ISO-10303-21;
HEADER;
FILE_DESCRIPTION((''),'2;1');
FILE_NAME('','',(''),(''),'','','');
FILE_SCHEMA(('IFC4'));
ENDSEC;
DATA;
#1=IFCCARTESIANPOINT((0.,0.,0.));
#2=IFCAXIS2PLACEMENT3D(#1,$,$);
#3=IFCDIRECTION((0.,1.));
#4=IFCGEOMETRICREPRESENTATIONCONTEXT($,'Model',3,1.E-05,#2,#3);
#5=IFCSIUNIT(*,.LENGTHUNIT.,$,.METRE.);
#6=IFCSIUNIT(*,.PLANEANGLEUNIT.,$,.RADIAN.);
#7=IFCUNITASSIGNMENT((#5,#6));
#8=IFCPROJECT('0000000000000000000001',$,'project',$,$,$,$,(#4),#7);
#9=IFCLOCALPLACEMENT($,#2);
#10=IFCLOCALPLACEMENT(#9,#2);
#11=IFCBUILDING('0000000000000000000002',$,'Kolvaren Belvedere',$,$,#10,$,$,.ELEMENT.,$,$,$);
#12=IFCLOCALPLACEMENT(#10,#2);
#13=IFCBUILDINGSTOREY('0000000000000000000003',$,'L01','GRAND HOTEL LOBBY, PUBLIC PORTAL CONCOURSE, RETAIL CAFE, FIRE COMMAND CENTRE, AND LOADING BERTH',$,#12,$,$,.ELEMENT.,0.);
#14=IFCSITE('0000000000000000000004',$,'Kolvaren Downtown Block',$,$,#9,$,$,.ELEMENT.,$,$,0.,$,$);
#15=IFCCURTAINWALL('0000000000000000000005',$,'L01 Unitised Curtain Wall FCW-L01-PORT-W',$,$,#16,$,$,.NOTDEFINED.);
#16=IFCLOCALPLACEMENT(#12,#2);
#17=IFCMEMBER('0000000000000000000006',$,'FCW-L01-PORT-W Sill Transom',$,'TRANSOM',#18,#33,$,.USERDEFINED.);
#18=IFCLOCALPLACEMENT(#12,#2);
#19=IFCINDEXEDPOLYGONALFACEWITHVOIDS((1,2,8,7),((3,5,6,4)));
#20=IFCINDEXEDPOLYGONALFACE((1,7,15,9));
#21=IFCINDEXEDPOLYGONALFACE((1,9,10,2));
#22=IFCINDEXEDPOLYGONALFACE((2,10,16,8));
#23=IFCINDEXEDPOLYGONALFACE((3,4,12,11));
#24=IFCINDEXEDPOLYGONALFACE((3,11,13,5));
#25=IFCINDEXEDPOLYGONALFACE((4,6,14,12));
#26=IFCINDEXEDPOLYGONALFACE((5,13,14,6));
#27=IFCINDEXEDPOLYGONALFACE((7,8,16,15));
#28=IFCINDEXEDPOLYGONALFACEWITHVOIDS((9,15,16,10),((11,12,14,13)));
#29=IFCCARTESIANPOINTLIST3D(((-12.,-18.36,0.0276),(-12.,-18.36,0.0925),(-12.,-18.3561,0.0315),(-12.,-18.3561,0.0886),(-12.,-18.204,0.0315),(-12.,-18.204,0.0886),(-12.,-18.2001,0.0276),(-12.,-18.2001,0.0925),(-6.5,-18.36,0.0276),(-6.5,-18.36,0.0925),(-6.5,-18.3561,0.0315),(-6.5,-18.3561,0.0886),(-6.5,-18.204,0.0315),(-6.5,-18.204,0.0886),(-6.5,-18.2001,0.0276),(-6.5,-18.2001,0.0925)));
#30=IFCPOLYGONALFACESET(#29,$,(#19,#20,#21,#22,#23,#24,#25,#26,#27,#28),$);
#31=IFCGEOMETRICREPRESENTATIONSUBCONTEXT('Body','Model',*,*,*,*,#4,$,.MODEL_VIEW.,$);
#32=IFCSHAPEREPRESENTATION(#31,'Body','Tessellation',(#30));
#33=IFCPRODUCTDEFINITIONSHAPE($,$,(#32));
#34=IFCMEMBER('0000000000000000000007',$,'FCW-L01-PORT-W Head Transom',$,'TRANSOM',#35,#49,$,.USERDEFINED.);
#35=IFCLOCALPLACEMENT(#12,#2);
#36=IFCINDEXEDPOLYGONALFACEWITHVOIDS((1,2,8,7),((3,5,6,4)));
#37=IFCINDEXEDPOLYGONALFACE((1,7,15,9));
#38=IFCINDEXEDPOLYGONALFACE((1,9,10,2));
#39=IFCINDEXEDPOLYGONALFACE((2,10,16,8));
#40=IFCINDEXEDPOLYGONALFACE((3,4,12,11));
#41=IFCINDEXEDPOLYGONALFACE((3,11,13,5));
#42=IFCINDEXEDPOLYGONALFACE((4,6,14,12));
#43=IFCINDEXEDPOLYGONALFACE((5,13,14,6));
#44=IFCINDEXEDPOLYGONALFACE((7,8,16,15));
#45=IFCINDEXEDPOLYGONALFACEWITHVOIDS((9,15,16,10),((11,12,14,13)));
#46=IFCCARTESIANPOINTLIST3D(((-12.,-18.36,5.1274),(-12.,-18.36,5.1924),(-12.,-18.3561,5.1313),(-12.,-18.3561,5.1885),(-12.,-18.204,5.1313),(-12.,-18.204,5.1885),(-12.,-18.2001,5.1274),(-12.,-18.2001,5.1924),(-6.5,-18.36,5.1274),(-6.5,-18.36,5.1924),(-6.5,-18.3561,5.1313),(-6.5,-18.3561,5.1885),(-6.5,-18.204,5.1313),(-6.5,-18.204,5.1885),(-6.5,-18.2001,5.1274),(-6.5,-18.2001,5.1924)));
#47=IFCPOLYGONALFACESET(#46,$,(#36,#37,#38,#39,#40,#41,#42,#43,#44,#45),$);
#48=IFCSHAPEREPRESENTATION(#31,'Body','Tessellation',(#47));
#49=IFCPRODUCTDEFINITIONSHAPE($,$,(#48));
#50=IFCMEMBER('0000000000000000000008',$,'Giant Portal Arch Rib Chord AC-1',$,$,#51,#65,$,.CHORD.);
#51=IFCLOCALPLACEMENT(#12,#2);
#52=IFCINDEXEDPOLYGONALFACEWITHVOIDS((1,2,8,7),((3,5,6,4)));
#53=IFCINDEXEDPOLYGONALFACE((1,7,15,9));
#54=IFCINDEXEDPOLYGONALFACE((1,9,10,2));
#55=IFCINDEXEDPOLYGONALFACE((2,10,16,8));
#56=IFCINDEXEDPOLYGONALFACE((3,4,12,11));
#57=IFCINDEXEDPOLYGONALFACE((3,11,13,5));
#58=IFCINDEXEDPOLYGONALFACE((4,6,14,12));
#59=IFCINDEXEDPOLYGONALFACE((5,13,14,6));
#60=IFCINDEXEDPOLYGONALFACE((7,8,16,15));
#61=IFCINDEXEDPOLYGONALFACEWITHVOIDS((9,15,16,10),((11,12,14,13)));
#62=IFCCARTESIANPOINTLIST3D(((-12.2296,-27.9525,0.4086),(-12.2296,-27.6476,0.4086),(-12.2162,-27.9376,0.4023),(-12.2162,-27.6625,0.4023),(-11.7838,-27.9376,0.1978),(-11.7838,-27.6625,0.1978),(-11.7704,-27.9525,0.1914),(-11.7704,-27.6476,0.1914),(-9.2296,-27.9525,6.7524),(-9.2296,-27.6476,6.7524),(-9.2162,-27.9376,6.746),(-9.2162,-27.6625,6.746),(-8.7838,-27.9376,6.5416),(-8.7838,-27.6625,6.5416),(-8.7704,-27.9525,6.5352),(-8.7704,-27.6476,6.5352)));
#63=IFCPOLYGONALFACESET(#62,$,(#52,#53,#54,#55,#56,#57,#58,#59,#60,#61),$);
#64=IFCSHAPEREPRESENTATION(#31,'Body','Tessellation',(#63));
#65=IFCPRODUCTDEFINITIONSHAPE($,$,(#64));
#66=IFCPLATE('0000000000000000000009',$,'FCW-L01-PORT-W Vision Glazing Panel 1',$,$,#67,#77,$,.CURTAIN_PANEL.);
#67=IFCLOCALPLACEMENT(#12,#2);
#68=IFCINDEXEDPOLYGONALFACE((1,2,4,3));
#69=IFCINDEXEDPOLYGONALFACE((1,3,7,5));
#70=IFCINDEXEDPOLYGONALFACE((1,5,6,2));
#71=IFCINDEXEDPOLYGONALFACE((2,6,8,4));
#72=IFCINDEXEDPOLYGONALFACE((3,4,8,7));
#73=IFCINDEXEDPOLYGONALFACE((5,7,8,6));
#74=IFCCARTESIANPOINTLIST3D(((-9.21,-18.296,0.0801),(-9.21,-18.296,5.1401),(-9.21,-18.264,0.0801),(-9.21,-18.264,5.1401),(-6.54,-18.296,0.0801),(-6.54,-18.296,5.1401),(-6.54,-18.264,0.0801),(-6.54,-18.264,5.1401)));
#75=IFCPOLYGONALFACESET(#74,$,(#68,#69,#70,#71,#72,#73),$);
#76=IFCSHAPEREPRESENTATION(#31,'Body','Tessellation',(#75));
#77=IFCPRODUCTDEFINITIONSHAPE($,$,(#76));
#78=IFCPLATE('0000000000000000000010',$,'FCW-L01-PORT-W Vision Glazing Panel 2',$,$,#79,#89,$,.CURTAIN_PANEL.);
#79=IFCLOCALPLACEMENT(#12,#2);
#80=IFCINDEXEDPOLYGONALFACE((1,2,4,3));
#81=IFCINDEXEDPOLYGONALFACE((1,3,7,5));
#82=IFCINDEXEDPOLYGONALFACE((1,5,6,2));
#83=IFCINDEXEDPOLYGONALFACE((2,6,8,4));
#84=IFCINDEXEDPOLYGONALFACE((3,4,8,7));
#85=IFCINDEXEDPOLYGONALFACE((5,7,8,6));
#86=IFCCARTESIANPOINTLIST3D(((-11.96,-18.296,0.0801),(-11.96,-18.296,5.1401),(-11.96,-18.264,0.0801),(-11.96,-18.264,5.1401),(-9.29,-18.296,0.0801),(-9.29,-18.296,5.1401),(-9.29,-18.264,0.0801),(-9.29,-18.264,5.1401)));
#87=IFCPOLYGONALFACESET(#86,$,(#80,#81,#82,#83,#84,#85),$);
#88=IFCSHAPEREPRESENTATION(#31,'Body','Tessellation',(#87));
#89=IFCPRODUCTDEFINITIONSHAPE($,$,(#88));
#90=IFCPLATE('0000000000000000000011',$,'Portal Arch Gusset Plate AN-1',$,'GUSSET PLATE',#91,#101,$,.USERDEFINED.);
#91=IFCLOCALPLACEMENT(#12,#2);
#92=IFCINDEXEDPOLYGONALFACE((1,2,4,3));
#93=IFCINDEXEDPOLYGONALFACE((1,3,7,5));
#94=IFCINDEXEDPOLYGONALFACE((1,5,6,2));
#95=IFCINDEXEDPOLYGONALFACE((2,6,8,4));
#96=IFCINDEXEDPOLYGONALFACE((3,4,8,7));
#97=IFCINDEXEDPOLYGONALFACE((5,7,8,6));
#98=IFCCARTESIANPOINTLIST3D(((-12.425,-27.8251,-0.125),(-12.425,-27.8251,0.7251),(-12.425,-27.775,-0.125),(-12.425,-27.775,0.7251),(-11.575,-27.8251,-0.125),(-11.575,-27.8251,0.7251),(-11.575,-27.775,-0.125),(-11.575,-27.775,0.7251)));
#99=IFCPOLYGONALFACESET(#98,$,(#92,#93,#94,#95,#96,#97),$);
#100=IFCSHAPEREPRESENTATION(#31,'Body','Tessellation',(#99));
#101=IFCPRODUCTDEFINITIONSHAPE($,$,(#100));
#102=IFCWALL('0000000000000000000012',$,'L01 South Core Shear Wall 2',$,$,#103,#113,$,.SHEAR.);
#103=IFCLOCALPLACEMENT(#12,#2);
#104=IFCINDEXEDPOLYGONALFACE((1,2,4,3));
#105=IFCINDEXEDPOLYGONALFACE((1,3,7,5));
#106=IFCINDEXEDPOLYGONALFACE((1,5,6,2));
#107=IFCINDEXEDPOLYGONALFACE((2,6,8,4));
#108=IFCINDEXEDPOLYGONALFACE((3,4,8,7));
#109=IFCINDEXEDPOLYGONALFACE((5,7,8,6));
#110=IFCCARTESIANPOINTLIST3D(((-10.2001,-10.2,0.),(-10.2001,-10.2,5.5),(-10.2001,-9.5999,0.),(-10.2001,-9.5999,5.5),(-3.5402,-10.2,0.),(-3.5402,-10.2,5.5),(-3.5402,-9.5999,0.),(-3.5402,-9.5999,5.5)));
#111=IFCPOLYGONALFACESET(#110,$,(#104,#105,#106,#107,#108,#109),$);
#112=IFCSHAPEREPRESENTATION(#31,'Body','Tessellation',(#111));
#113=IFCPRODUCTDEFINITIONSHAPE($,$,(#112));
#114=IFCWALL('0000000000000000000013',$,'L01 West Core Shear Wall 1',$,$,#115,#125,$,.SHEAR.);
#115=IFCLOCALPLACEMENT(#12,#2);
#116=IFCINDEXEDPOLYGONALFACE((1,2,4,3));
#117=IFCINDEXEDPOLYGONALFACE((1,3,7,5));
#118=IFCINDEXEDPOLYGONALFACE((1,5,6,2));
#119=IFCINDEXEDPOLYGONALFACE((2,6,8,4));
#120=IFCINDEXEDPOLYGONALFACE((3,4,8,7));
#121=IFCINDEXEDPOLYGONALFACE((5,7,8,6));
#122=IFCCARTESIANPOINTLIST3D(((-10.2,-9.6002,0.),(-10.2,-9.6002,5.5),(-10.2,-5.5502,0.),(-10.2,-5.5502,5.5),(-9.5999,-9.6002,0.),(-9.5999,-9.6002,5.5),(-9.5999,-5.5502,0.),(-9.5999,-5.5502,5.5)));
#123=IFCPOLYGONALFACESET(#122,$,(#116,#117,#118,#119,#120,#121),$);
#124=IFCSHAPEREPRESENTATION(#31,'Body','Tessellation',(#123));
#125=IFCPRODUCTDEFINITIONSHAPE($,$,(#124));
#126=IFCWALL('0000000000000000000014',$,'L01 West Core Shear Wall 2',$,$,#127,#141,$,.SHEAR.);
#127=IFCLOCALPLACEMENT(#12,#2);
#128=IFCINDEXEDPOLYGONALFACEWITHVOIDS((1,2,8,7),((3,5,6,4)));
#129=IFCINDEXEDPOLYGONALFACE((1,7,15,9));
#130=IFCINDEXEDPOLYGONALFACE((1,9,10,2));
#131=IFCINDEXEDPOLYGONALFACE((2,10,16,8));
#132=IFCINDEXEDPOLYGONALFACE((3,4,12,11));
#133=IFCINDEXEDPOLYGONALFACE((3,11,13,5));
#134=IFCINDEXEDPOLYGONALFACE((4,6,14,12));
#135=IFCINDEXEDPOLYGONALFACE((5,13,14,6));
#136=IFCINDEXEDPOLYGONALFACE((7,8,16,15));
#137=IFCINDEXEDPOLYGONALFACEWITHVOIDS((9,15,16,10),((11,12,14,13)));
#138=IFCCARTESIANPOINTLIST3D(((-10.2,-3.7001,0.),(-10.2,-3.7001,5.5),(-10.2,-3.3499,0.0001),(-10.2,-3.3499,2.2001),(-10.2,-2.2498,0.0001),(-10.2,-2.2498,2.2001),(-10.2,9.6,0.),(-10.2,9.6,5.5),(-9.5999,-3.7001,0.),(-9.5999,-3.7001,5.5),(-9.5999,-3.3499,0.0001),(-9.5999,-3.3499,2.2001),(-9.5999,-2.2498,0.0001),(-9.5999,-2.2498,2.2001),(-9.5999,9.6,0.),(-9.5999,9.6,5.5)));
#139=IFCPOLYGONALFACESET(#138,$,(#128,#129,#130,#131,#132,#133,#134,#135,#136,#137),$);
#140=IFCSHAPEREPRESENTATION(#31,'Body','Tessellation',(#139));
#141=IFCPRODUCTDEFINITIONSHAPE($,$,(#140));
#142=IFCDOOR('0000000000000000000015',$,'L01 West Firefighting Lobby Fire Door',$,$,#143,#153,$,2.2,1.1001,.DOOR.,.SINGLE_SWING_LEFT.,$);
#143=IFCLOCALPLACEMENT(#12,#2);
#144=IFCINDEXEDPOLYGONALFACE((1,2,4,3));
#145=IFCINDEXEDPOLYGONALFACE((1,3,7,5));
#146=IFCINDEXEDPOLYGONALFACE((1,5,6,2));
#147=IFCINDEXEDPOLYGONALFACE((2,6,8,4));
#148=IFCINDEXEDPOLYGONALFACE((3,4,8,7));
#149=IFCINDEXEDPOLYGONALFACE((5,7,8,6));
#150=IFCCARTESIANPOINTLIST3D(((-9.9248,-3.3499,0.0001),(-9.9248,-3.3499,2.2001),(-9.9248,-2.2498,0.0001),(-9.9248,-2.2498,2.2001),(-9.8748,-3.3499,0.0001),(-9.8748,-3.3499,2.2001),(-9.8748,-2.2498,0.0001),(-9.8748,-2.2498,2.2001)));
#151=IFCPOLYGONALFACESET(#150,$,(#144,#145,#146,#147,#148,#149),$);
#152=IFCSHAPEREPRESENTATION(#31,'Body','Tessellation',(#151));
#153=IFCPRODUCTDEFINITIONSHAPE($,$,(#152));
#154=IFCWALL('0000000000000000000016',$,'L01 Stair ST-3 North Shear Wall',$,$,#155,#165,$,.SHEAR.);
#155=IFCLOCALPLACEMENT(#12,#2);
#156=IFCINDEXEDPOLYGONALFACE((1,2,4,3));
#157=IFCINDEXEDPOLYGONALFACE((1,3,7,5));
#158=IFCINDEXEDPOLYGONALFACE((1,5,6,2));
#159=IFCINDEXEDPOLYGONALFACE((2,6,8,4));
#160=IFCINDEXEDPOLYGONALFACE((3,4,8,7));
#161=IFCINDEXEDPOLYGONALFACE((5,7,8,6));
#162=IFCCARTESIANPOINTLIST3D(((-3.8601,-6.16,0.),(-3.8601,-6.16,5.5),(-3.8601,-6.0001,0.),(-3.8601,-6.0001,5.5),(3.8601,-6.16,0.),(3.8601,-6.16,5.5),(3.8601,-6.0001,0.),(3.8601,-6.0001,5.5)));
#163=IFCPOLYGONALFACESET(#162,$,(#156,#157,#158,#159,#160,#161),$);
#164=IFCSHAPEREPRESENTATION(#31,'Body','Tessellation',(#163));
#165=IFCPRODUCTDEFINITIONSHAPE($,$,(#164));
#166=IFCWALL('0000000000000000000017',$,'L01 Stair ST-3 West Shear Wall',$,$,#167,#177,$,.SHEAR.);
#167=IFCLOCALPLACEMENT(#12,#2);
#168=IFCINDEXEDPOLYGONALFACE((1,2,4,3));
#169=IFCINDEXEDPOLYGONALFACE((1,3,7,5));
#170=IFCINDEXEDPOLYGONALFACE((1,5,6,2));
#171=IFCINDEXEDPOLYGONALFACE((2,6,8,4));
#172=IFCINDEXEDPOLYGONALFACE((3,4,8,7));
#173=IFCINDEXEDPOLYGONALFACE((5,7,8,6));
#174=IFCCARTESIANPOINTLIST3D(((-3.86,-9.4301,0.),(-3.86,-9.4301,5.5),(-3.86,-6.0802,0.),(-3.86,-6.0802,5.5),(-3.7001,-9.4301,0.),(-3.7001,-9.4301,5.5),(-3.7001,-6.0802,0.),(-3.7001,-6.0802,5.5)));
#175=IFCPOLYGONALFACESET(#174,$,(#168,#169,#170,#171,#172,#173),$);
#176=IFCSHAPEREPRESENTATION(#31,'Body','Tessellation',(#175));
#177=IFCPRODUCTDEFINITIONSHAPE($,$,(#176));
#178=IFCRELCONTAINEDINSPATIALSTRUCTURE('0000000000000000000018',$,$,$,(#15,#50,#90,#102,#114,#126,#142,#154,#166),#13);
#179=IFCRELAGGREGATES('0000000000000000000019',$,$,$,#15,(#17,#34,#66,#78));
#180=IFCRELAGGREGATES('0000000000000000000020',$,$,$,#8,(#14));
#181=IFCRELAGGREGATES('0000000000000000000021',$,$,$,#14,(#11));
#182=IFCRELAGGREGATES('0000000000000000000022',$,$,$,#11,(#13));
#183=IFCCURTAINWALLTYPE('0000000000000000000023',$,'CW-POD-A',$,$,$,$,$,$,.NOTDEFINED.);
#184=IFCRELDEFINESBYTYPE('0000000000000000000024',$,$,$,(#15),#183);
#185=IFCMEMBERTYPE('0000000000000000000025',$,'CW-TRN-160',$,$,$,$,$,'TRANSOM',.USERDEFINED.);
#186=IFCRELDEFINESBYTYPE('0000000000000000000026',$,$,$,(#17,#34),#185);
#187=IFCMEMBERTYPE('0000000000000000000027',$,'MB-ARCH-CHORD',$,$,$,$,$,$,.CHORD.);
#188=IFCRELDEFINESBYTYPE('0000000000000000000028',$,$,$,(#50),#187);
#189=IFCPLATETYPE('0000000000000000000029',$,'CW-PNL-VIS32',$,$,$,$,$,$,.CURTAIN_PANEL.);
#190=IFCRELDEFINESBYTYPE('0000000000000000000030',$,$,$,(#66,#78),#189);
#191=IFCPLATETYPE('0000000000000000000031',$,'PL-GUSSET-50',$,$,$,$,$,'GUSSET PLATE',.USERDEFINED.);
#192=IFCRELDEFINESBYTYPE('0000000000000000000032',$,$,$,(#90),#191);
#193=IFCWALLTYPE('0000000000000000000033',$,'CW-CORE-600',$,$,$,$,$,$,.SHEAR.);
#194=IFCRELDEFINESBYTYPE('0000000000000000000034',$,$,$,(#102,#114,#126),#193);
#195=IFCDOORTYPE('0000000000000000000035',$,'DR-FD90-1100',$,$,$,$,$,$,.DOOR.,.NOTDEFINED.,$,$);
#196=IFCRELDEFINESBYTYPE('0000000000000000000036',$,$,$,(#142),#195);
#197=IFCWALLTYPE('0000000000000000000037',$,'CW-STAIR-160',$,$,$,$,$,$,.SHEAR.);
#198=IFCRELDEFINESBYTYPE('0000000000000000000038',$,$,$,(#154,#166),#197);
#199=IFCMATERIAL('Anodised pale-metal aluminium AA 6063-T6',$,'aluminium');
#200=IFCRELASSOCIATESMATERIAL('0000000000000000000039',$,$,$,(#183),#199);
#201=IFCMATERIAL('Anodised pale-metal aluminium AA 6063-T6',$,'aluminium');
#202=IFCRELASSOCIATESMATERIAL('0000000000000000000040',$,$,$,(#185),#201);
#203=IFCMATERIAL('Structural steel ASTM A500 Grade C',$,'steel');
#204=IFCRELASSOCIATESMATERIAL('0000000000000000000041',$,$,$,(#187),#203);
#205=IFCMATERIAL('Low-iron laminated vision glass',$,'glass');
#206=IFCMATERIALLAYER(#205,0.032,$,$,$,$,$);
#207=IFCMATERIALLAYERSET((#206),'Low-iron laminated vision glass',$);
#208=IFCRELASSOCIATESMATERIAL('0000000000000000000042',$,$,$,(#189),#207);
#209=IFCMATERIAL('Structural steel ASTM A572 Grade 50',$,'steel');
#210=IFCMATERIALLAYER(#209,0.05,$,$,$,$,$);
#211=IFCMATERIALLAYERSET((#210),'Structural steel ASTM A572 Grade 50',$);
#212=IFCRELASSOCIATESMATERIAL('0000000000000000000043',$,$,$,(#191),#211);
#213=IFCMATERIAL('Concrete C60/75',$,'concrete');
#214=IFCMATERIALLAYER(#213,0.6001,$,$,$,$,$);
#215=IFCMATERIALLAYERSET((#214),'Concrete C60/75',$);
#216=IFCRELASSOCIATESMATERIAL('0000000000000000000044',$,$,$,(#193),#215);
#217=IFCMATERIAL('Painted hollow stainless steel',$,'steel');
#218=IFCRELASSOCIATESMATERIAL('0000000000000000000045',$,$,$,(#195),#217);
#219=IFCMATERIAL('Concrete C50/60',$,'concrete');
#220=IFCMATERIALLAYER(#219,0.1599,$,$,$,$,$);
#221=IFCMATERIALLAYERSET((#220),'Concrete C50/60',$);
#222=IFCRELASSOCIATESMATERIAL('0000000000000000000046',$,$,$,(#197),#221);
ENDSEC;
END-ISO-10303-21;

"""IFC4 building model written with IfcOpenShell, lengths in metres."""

from ifc_helpers import new_model, si_unit, direction, frame, frame_2d, origin, origin_2d, place, context, subcontext, project, spatial, rectangle, hollow_rectangle, extrude, material, layer, layer_set, material_profile, profile_set, type_object, element, fill, aggregate, save


model = new_model("IFC4")

# Units and contexts
model_context = context("Model", 3, precision=1e-05, world=origin(), true_north=direction((0.0, 1.0)))
body_context = subcontext(model_context, "Body", "Model", "MODEL_VIEW")
ifc_project = project(units=[si_unit("LENGTHUNIT", "METRE"), si_unit("PLANEANGLEUNIT", "RADIAN")], contexts=[model_context])

# Site, building, storey
site_placement = place(None, origin())
site = spatial("IfcSite", under=ifc_project, at=site_placement, Name="Kolvaren Downtown Block", CompositionType="ELEMENT", RefElevation=0.0)
building_placement = place(site_placement, origin())
building = spatial("IfcBuilding", under=site, at=building_placement, Name="Kolvaren Belvedere", CompositionType="ELEMENT")
storey_placement = place(building_placement, origin())
storey = spatial("IfcBuildingStorey", under=building, at=storey_placement, Name="L01", Description="GRAND HOTEL LOBBY, PUBLIC PORTAL CONCOURSE, RETAIL CAFE, FIRE COMMAND CENTRE, AND LOADING BERTH", CompositionType="ELEMENT", Elevation=0.0)

# Curtain wall, members
ifc_material_1 = material(Name="Anodised pale-metal aluminium AA 6063-T6", Category="aluminium")
curtain_wall_type = type_object("IfcCurtainWallType", Name="CW-POD-A", PredefinedType="NOTDEFINED", material=ifc_material_1)
curtain_wall_placement = place(storey_placement, origin())
curtain_wall = element("IfcCurtainWall", 1, at=curtain_wall_placement, inside=storey, type_object=curtain_wall_type, Name="L01 Unitised Curtain Wall FCW-L01-PORT-W", PredefinedType="NOTDEFINED")
ifc_material_2 = material(Name="Anodised pale-metal aluminium AA 6063-T6", Category="aluminium")
ifc_material_profile_1 = material_profile(ifc_material_2, hollow_rectangle(XDim=0.0649, YDim=0.1599, WallThickness=0.0039, at=origin_2d()), Name="ALU-TRN-160X65")
ifc_profile_set_1 = profile_set([ifc_material_profile_1], Name="Anodised pale-metal aluminium AA 6063-T6")
member_type_1 = type_object("IfcMemberType", Name="CW-TRN-160", ElementType="TRANSOM", PredefinedType="USERDEFINED", material=ifc_profile_set_1)
member_1_placement = place(storey_placement, frame((-6.5, -18.28, 0.0601), z_axis=(-1.0, 0.0, 0.0), x_axis=(0.0, 0.0, 1.0)))
member_1 = element("IfcMember", 2, at=member_1_placement, type_object=member_type_1, Name="FCW-L01-PORT-W Sill Transom", ObjectType="TRANSOM", PredefinedType="USERDEFINED", context=body_context, shape_type="SweptSolid", body=[
    extrude(hollow_rectangle(XDim=0.0649, YDim=0.1599, WallThickness=0.0039, at=origin_2d()), origin(), (0.0, 0.0, 1.0), 5.5),
])
member_2_placement = place(storey_placement, frame((-6.5, -18.28, 5.1599), z_axis=(-1.0, 0.0, 0.0), x_axis=(0.0, 0.0, 1.0)))
member_2 = element("IfcMember", 3, at=member_2_placement, type_object=member_type_1, Name="FCW-L01-PORT-W Head Transom", ObjectType="TRANSOM", PredefinedType="USERDEFINED", context=body_context, shape_type="SweptSolid", body=[
    extrude(hollow_rectangle(XDim=0.0649, YDim=0.1599, WallThickness=0.0039, at=origin_2d()), origin(), (0.0, 0.0, 1.0), 5.5),
])

# Member
ifc_material_3 = material(Name="Structural steel ASTM A500 Grade C", Category="steel")
ifc_material_profile_2 = material_profile(ifc_material_3, hollow_rectangle(XDim=0.3049, YDim=0.5081, WallThickness=0.0149, at=origin_2d()), Name="HSS20X12X5/8")
ifc_profile_set_2 = profile_set([ifc_material_profile_2], Name="Structural steel ASTM A500 Grade C")
member_type_2 = type_object("IfcMemberType", Name="MB-ARCH-CHORD", PredefinedType="CHORD", material=ifc_profile_set_2)
member_3_placement = place(storey_placement, frame((-12.0, -27.8, 0.3), z_axis=(0.427512, 0.0, 0.90401), x_axis=(0.0, 1.0, 0.0)))
element("IfcMember", 4, at=member_3_placement, inside=storey, type_object=member_type_2, Name="Giant Portal Arch Rib Chord AC-1", PredefinedType="CHORD", context=body_context, shape_type="SweptSolid", body=[
    extrude(hollow_rectangle(XDim=0.3049, YDim=0.5081, WallThickness=0.0149, at=origin_2d()), origin(), (0.0, 0.0, 1.0), 7.0173),
])

# Plates
ifc_material_4 = material(Name="Low-iron laminated vision glass", Category="glass")
ifc_layer_1 = layer(ifc_material_4, 0.032)
ifc_layer_set_1 = layer_set([ifc_layer_1], Name="Low-iron laminated vision glass")
plate_type_1 = type_object("IfcPlateType", Name="CW-PNL-VIS32", PredefinedType="CURTAIN_PANEL", material=ifc_layer_set_1)
plate_1_placement = place(storey_placement, frame((-7.875, -18.28, 0.0801), z_axis=(0.0, 0.0, 1.0), x_axis=(-1.0, 0.0, 0.0)))
plate_1 = element("IfcPlate", 5, at=plate_1_placement, type_object=plate_type_1, Name="FCW-L01-PORT-W Vision Glazing Panel 1", PredefinedType="CURTAIN_PANEL", context=body_context, shape_type="SweptSolid", body=[
    extrude(rectangle(XDim=2.6699, YDim=0.032, at=origin_2d()), origin(), (0.0, 0.0, 1.0), 5.0601),
])
plate_2_placement = place(storey_placement, frame((-10.625, -18.28, 0.0801), z_axis=(0.0, 0.0, 1.0), x_axis=(-1.0, 0.0, 0.0)))
plate_2 = element("IfcPlate", 6, at=plate_2_placement, type_object=plate_type_1, Name="FCW-L01-PORT-W Vision Glazing Panel 2", PredefinedType="CURTAIN_PANEL", context=body_context, shape_type="SweptSolid", body=[
    extrude(rectangle(XDim=2.6699, YDim=0.032, at=origin_2d()), origin(), (0.0, 0.0, 1.0), 5.0601),
])
aggregate(curtain_wall, [member_1, member_2, plate_1, plate_2])
ifc_material_5 = material(Name="Structural steel ASTM A572 Grade 50", Category="steel")
ifc_layer_2 = layer(ifc_material_5, 0.05)
ifc_layer_set_2 = layer_set([ifc_layer_2], Name="Structural steel ASTM A572 Grade 50")
plate_type_2 = type_object("IfcPlateType", Name="PL-GUSSET-50", ElementType="GUSSET PLATE", PredefinedType="USERDEFINED", material=ifc_layer_set_2)
plate_3_placement = place(storey_placement, frame((-12.0, -27.8, -0.125), z_axis=(0.0, 0.0, 1.0), x_axis=(1.0, 0.0, 0.0)))
element("IfcPlate", 7, at=plate_3_placement, inside=storey, type_object=plate_type_2, Name="Portal Arch Gusset Plate AN-1", ObjectType="GUSSET PLATE", PredefinedType="USERDEFINED", context=body_context, shape_type="SweptSolid", body=[
    extrude(rectangle(XDim=0.8501, YDim=0.05, at=origin_2d()), origin(), (0.0, 0.0, 1.0), 0.8501),
])

# Walls
ifc_material_6 = material(Name="Concrete C60/75", Category="concrete")
ifc_layer_3 = layer(ifc_material_6, 0.6001)
ifc_layer_set_3 = layer_set([ifc_layer_3], Name="Concrete C60/75")
wall_type_1 = type_object("IfcWallType", Name="CW-CORE-600", PredefinedType="SHEAR", material=ifc_layer_set_3)
wall_1_placement = place(storey_placement, frame((-3.54, -9.8999, 0.0), z_axis=(0.0, 0.0, 1.0), x_axis=(-1.0, 0.0, 0.0)))
element("IfcWall", 8, at=wall_1_placement, inside=storey, type_object=wall_type_1, Name="L01 South Core Shear Wall 2", PredefinedType="SHEAR", context=body_context, shape_type="SweptSolid", body=[
    extrude(rectangle(XDim=6.6599, YDim=0.6001, at=frame_2d((3.3301, 0.0))), origin(), (0.0, 0.0, 1.0), 5.5),
])
wall_2_placement = place(storey_placement, frame((-9.8999, -9.6001, 0.0), z_axis=(0.0, 0.0, 1.0), x_axis=(0.0, 1.0, 0.0)))
element("IfcWall", 9, at=wall_2_placement, inside=storey, type_object=wall_type_1, Name="L01 West Core Shear Wall 1", PredefinedType="SHEAR", context=body_context, shape_type="SweptSolid", body=[
    extrude(rectangle(XDim=4.05, YDim=0.6001, at=frame_2d((2.0249, 0.0))), origin(), (0.0, 0.0, 1.0), 5.5),
])

# Wall, opening, door
wall_3_placement = place(storey_placement, frame((-9.8999, -3.7, 0.0), z_axis=(0.0, 0.0, 1.0), x_axis=(0.0, 1.0, 0.0)))
wall_3 = element("IfcWall", 10, at=wall_3_placement, inside=storey, type_object=wall_type_1, Name="L01 West Core Shear Wall 2", PredefinedType="SHEAR", context=body_context, shape_type="SweptSolid", body=[
    extrude(rectangle(XDim=13.3, YDim=0.6001, at=frame_2d((6.6499, 0.0))), origin(), (0.0, 0.0, 1.0), 5.5),
])
opening_1_placement = place(wall_3_placement, frame((0.3501, 0.0, 0.0)))
opening_1 = element("IfcOpeningElement", 11, at=opening_1_placement, cuts=wall_3, PredefinedType="OPENING", context=body_context, shape_type="SweptSolid", body=[
    extrude(rectangle(XDim=1.1001, YDim=2.2, at=frame_2d((0.55, 1.1001))), frame((0.0, 0.3101, 0.0), z_axis=(0.0, -1.0, 0.0), x_axis=(1.0, 0.0, 0.0)), (0.0, 0.0, 1.0), 0.6201),
])
ifc_material_7 = material(Name="Painted hollow stainless steel", Category="steel")
door_type_1 = type_object("IfcDoorType", Name="DR-FD90-1100", OperationType="NOTDEFINED", PredefinedType="DOOR", material=ifc_material_7)
door_1_placement = place(opening_1_placement, origin())
door_1 = element("IfcDoor", 12, at=door_1_placement, inside=storey, type_object=door_type_1, Name="L01 West Firefighting Lobby Fire Door", OperationType="SINGLE_SWING_LEFT", OverallHeight=2.2, OverallWidth=1.1001, PredefinedType="DOOR", context=body_context, shape_type="SweptSolid", body=[
    extrude(rectangle(XDim=1.1001, YDim=2.2, at=frame_2d((0.55, 1.1001))), frame((0.0, 0.0249, 0.0), z_axis=(0.0, -1.0, 0.0), x_axis=(1.0, 0.0, 0.0)), (0.0, 0.0, 1.0), 0.05),
])
fill(opening_1, door_1)

# Walls
ifc_material_8 = material(Name="Concrete C50/60", Category="concrete")
ifc_layer_4 = layer(ifc_material_8, 0.1599)
ifc_layer_set_4 = layer_set([ifc_layer_4], Name="Concrete C50/60")
wall_type_2 = type_object("IfcWallType", Name="CW-STAIR-160", PredefinedType="SHEAR", material=ifc_layer_set_4)
wall_4_placement = place(storey_placement, frame((-3.8601, -6.0801, 0.0), z_axis=(0.0, 0.0, 1.0), x_axis=(1.0, 0.0, 0.0)))
element("IfcWall", 13, at=wall_4_placement, inside=storey, type_object=wall_type_2, Name="L01 Stair ST-3 North Shear Wall", PredefinedType="SHEAR", context=body_context, shape_type="SweptSolid", body=[
    extrude(rectangle(XDim=7.7202, YDim=0.1599, at=frame_2d((3.8601, 0.0))), origin(), (0.0, 0.0, 1.0), 5.5),
])
wall_5_placement = place(storey_placement, frame((-3.78, -9.4299, 0.0), z_axis=(0.0, 0.0, 1.0), x_axis=(0.0, 1.0, 0.0)))
element("IfcWall", 14, at=wall_5_placement, inside=storey, type_object=wall_type_2, Name="L01 Stair ST-3 West Shear Wall", PredefinedType="SHEAR", context=body_context, shape_type="SweptSolid", body=[
    extrude(rectangle(XDim=3.3499, YDim=0.1599, at=frame_2d((1.6748, 0.0))), origin(), (0.0, 0.0, 1.0), 5.5),
])

save(model, "model.ifc")
